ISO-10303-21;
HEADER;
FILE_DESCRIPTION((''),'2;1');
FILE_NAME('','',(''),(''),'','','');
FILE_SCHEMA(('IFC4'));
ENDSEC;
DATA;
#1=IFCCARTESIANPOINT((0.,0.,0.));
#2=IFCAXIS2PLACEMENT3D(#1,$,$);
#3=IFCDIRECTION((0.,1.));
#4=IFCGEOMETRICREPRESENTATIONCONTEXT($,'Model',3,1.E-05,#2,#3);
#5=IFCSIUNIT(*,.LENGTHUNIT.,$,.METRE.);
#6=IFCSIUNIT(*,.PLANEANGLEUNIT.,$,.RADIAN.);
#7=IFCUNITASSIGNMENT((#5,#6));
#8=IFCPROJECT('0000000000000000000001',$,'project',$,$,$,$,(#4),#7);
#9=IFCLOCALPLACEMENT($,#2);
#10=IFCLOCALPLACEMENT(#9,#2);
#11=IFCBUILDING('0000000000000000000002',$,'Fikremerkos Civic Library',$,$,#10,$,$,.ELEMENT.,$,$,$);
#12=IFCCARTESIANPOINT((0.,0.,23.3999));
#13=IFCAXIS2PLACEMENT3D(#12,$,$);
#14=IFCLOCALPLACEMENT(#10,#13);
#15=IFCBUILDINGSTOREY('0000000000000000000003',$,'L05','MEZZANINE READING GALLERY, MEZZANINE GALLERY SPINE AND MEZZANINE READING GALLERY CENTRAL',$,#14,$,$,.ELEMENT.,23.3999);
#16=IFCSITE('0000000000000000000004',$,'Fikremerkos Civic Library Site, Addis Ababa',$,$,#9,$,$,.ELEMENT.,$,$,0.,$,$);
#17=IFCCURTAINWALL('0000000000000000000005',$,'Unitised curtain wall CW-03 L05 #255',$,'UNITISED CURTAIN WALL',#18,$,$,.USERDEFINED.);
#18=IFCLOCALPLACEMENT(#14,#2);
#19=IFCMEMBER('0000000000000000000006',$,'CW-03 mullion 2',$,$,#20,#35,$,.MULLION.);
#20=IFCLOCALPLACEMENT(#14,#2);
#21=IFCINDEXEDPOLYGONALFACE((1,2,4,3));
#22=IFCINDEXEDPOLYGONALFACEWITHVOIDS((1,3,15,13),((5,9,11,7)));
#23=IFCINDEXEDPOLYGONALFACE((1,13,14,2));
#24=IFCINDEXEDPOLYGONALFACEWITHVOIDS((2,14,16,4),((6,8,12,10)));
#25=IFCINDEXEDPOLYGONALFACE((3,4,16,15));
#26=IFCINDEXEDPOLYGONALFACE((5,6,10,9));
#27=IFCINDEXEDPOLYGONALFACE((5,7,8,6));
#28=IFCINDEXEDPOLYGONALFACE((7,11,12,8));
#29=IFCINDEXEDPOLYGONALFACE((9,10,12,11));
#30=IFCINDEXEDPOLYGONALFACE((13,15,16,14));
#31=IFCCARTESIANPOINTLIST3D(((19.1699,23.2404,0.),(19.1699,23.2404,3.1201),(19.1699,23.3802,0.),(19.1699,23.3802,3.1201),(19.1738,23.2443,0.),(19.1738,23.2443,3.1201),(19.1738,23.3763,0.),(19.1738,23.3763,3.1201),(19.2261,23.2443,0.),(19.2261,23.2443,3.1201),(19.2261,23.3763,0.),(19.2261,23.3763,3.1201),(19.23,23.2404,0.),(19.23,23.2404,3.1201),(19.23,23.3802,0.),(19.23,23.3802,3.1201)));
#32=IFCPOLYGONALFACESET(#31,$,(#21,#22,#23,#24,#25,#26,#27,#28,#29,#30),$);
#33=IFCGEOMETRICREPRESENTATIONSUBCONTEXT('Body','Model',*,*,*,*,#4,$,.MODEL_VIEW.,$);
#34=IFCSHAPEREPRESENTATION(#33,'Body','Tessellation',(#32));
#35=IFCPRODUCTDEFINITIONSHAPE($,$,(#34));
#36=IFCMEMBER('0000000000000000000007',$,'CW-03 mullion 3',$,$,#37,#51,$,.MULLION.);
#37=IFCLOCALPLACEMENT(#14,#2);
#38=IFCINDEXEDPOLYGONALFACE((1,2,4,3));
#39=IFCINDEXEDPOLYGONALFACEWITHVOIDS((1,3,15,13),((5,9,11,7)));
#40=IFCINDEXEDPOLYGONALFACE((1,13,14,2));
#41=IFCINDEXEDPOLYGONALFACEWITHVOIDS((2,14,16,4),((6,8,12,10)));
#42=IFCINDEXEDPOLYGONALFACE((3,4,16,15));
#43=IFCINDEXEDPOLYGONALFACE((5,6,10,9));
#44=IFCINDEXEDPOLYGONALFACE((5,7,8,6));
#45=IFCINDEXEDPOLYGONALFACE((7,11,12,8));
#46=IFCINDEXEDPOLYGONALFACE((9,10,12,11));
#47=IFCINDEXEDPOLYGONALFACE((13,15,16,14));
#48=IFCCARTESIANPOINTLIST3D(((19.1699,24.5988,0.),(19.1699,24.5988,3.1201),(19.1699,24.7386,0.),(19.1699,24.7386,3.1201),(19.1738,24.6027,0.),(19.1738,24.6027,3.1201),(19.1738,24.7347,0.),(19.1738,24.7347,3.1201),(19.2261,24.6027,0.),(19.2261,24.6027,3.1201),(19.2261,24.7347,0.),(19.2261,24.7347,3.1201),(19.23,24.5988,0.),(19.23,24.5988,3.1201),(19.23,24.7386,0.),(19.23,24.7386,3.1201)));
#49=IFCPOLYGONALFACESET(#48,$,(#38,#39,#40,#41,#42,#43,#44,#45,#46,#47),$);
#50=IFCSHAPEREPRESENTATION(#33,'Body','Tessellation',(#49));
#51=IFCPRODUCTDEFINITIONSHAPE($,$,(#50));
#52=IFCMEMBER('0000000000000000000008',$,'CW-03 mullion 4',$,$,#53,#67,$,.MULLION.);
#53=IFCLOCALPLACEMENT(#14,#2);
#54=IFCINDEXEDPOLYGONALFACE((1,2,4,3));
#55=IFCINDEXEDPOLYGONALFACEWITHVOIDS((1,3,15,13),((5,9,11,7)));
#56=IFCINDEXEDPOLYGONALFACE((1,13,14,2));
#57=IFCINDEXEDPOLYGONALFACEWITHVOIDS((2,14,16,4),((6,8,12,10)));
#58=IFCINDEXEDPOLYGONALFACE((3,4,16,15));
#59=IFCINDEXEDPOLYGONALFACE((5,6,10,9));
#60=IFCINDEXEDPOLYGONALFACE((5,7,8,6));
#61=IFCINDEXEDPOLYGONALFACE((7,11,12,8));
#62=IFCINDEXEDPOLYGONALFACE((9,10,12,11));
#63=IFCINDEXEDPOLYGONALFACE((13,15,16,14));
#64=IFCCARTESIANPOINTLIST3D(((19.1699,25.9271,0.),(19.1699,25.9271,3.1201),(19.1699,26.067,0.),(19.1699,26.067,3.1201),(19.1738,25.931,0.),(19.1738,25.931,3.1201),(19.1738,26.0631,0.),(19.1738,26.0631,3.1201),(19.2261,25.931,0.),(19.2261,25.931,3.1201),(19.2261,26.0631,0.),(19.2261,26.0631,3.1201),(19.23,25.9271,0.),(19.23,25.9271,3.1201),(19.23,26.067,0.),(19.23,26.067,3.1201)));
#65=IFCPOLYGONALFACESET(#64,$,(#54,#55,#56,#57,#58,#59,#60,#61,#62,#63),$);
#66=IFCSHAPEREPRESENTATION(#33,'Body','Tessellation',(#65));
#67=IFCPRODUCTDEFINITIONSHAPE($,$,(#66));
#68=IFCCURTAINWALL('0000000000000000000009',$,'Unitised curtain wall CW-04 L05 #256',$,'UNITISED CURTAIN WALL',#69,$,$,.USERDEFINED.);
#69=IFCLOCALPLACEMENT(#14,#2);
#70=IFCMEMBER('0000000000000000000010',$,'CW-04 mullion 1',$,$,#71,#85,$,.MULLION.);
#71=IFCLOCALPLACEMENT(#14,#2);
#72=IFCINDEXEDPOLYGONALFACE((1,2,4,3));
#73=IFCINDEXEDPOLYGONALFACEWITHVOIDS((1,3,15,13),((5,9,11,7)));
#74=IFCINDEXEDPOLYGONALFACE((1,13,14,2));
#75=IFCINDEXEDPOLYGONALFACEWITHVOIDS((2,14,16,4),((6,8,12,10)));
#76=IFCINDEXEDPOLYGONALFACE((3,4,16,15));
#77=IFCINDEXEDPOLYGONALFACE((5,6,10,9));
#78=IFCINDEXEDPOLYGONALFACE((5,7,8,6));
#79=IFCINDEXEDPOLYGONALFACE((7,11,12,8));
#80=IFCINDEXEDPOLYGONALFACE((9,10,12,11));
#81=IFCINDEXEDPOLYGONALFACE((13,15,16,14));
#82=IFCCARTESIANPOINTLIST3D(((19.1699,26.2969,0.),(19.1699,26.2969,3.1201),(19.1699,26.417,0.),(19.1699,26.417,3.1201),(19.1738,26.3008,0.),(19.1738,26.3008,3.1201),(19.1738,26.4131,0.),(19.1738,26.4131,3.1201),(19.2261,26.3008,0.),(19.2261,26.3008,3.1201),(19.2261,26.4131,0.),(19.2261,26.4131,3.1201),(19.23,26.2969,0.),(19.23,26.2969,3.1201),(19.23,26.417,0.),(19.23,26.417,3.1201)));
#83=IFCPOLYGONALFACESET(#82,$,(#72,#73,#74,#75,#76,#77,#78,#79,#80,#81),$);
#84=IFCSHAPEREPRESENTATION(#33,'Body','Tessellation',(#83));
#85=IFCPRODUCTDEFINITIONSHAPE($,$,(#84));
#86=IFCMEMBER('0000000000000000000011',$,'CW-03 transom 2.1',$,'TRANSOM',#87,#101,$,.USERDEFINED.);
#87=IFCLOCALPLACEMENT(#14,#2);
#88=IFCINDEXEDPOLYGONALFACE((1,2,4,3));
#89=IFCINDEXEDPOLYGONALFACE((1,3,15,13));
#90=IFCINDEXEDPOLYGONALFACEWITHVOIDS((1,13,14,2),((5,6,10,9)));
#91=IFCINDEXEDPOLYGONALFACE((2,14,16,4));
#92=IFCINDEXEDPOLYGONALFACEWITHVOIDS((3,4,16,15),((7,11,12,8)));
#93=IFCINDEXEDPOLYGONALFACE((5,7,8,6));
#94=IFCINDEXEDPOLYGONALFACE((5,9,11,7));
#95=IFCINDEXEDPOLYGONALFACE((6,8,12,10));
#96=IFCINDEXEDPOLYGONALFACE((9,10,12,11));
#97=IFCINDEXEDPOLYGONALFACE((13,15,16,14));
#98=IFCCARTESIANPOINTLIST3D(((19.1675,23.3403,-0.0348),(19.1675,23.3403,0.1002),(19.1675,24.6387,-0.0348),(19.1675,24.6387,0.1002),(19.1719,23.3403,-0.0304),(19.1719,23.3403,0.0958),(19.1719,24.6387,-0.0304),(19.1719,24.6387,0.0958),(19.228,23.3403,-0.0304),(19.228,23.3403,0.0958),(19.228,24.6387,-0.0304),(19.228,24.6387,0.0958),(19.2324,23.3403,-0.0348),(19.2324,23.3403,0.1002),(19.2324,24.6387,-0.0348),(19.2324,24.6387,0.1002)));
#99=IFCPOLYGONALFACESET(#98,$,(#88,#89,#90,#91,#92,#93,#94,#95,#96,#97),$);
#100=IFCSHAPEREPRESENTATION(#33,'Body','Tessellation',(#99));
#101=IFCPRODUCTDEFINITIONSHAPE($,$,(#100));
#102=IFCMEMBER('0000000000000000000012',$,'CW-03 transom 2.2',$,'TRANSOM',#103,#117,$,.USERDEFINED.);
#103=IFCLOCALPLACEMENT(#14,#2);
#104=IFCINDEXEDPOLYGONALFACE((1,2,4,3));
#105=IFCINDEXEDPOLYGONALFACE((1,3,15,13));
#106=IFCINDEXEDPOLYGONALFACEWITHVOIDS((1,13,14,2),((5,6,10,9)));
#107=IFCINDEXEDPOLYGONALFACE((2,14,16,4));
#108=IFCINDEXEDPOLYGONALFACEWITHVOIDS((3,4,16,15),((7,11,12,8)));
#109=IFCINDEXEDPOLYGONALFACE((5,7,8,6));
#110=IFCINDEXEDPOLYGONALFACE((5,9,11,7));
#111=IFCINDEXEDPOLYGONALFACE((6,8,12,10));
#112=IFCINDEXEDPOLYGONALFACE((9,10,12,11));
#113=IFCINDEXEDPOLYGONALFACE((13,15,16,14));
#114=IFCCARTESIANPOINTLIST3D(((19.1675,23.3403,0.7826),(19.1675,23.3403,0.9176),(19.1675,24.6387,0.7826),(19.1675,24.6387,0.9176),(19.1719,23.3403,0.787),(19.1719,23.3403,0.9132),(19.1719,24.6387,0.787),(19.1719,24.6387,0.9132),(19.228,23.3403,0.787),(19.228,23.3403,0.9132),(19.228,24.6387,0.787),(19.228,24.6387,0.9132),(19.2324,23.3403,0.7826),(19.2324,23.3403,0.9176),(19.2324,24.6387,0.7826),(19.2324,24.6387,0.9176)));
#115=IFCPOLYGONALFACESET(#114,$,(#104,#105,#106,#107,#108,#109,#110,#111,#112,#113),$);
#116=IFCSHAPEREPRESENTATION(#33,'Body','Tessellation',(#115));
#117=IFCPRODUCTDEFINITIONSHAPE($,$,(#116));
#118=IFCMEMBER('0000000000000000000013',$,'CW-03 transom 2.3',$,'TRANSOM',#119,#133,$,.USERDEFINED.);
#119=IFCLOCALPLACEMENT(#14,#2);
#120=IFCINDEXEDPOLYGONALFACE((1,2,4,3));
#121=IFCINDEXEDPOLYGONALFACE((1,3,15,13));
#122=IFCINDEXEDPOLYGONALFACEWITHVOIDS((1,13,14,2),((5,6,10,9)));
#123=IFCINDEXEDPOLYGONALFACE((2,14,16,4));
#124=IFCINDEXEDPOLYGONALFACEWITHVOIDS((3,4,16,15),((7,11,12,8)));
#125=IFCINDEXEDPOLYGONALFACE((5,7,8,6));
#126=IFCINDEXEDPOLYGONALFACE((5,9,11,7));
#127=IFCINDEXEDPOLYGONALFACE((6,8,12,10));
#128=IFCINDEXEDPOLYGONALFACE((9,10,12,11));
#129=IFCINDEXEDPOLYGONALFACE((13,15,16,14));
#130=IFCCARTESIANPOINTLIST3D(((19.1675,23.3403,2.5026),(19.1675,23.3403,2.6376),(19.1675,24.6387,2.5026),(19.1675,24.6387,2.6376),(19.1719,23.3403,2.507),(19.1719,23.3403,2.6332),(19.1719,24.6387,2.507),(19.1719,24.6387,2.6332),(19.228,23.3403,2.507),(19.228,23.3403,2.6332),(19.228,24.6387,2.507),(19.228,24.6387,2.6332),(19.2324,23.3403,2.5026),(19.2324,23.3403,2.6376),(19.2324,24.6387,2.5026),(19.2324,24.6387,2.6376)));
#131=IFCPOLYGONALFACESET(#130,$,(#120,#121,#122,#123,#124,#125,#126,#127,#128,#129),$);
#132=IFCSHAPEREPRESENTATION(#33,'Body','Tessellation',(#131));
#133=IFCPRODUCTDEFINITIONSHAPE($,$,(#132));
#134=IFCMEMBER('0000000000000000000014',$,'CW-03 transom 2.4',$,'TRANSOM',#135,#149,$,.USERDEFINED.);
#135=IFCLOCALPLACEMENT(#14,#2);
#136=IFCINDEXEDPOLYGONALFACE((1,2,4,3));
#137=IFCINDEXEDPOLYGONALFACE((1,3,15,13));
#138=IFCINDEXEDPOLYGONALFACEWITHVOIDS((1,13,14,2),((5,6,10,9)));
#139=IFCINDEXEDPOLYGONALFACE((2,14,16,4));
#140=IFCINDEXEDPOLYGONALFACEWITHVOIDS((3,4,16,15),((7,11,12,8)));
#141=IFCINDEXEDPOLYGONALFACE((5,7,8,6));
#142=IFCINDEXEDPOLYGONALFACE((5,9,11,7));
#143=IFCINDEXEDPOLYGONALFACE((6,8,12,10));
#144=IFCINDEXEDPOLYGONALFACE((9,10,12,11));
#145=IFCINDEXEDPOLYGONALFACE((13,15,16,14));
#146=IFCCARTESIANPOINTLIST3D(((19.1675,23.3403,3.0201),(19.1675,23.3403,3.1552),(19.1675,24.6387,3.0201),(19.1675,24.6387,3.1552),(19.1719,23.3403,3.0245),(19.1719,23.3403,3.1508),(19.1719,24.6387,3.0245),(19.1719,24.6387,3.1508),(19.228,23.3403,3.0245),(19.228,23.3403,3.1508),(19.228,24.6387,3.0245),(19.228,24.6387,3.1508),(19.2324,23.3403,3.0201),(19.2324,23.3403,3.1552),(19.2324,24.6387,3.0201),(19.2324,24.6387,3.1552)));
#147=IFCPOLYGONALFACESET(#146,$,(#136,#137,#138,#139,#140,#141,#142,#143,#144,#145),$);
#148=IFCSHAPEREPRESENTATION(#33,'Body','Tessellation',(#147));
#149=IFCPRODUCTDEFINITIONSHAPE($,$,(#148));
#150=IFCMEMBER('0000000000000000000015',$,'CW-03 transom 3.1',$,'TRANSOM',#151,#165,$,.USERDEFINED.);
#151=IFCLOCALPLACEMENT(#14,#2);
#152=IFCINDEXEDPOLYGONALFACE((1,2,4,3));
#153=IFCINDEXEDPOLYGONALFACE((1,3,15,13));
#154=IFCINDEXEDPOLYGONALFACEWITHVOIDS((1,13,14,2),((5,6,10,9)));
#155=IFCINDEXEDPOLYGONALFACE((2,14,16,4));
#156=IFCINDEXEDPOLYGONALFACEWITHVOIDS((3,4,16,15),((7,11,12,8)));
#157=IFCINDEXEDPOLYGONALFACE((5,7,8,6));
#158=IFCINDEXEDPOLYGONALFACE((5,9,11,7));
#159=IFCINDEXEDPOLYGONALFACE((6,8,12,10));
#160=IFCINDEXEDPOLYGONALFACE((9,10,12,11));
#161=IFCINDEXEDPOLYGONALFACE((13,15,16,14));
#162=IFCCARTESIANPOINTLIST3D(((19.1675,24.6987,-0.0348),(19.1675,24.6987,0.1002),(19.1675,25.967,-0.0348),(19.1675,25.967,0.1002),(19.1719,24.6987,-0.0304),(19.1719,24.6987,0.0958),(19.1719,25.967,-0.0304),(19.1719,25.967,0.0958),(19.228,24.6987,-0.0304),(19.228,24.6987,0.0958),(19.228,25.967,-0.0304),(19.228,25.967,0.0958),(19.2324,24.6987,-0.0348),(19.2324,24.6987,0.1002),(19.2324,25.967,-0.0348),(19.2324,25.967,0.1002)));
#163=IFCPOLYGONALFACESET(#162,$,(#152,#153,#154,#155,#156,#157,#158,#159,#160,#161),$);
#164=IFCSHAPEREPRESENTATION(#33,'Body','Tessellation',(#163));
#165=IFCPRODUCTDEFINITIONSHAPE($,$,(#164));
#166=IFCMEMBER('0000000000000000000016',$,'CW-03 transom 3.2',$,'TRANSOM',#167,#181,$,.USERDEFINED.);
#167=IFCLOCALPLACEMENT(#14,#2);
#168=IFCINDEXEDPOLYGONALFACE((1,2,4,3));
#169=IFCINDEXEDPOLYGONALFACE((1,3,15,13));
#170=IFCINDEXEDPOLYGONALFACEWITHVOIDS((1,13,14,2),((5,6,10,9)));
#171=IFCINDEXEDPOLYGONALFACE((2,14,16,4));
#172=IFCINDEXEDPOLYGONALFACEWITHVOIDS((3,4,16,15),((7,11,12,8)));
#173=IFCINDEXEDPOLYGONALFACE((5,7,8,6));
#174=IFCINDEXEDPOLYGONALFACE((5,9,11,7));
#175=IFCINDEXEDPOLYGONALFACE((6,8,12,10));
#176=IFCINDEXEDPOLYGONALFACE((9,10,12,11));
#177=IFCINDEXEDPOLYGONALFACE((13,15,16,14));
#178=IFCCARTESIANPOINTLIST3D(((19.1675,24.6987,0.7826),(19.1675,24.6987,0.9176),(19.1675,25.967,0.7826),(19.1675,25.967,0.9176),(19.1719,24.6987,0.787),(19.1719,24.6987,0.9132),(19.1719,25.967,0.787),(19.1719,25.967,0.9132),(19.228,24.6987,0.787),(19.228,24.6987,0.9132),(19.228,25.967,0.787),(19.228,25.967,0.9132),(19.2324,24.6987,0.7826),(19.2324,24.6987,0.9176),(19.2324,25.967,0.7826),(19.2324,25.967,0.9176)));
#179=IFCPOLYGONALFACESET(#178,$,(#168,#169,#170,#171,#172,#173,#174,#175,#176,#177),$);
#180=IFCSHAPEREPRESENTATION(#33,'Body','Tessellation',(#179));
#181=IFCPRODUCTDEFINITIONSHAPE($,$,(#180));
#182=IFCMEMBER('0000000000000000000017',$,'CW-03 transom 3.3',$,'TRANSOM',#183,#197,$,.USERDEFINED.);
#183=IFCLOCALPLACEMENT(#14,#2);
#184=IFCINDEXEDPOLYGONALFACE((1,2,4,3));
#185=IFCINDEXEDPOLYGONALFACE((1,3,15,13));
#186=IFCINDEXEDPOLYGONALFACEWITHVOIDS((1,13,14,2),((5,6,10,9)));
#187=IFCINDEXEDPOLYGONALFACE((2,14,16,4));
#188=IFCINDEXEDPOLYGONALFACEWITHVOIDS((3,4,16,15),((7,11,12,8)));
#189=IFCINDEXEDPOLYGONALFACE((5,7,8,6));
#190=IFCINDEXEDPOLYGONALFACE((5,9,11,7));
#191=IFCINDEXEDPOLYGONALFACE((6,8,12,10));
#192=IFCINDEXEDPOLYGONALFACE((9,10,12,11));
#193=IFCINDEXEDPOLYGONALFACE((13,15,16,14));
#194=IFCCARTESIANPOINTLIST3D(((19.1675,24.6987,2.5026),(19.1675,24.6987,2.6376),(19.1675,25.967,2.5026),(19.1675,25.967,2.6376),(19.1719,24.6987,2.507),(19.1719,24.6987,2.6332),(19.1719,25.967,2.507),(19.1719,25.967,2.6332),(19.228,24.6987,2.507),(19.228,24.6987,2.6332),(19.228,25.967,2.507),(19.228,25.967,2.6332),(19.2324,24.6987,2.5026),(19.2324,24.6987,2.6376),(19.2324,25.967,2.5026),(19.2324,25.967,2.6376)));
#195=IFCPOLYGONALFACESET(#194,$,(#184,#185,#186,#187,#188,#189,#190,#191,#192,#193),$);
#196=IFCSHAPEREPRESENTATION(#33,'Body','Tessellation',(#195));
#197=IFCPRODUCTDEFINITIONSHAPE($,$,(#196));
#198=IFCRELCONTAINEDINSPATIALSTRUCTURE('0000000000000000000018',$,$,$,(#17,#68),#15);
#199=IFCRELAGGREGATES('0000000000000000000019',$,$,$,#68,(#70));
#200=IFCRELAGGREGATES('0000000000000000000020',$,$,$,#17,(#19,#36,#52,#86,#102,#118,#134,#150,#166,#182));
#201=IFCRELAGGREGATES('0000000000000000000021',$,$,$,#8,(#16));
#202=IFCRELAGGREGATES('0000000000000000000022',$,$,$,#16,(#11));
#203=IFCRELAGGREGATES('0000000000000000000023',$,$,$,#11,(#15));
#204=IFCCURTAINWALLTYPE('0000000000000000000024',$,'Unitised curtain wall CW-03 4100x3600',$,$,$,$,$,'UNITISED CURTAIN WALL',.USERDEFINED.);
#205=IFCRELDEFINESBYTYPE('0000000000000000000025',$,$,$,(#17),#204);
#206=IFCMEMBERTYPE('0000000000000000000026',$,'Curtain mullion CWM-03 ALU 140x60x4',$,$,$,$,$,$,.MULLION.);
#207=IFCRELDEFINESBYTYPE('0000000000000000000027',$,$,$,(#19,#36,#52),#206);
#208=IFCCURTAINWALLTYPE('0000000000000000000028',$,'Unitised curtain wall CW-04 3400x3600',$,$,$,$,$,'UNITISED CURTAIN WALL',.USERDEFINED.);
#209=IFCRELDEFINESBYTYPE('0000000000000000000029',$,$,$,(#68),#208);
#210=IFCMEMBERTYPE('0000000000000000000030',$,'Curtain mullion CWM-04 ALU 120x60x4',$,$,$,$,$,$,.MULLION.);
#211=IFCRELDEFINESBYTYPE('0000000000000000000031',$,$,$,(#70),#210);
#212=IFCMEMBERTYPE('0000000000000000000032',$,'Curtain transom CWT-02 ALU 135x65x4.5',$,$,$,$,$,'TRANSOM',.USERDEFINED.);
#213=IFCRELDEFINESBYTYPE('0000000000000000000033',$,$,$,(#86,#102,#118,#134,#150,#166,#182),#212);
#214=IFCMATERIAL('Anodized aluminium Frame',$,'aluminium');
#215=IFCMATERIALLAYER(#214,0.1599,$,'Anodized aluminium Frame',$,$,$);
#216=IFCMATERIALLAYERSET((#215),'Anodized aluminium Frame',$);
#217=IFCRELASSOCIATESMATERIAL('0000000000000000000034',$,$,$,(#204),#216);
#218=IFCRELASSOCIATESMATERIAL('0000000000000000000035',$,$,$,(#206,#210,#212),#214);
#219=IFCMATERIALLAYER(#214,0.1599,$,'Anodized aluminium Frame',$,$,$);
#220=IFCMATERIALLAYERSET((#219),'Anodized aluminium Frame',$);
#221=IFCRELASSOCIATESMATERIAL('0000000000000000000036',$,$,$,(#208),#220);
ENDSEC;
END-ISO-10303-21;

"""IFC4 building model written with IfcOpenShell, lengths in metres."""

from ifc_helpers import new_model, si_unit, direction, frame, origin, origin_2d, place, context, subcontext, project, spatial, hollow_rectangle, extrude, material, layer, layer_set, material_profile, profile_set, type_object, element, aggregate, save


model = new_model("IFC4")

# Units and contexts
model_context = context("Model", 3, precision=1e-05, world=origin(), true_north=direction((0.0, 1.0)))
body_context = subcontext(model_context, "Body", "Model", "MODEL_VIEW")
ifc_project = project(units=[si_unit("LENGTHUNIT", "METRE"), si_unit("PLANEANGLEUNIT", "RADIAN")], contexts=[model_context])

# Site, building, storey
site_placement = place(None, origin())
site = spatial("IfcSite", under=ifc_project, at=site_placement, Name="Fikremerkos Civic Library Site, Addis Ababa", CompositionType="ELEMENT", RefElevation=0.0)
building_placement = place(site_placement, origin())
building = spatial("IfcBuilding", under=site, at=building_placement, Name="Fikremerkos Civic Library", CompositionType="ELEMENT")
storey_placement = place(building_placement, frame((0.0, 0.0, 23.3999)))
storey = spatial("IfcBuildingStorey", under=building, at=storey_placement, Name="L05", Description="MEZZANINE READING GALLERY, MEZZANINE GALLERY SPINE AND MEZZANINE READING GALLERY CENTRAL", CompositionType="ELEMENT", Elevation=23.3999)

# Curtain wall, members
ifc_material_1 = material(Name="Anodized aluminium Frame", Category="aluminium")
ifc_layer_1 = layer(ifc_material_1, 0.1599, Name="Anodized aluminium Frame")
ifc_layer_set_1 = layer_set([ifc_layer_1], Name="Anodized aluminium Frame")
curtain_wall_type_1 = type_object("IfcCurtainWallType", Name="Unitised curtain wall CW-03 4100x3600", ElementType="UNITISED CURTAIN WALL", PredefinedType="USERDEFINED", material=ifc_layer_set_1)
curtain_wall_1_placement = place(storey_placement, origin())
curtain_wall_1 = element("IfcCurtainWall", 1, at=curtain_wall_1_placement, inside=storey, type_object=curtain_wall_type_1, Name="Unitised curtain wall CW-03 L05 #255", ObjectType="UNITISED CURTAIN WALL", PredefinedType="USERDEFINED")
ifc_material_profile_1 = material_profile(ifc_material_1, hollow_rectangle(XDim=0.0601, YDim=0.1399, WallThickness=0.0039, at=origin_2d()), Name="ALU 140x60x4")
ifc_profile_set_1 = profile_set([ifc_material_profile_1], Name="Anodized aluminium Frame")
member_type_1 = type_object("IfcMemberType", Name="Curtain mullion CWM-03 ALU 140x60x4", PredefinedType="MULLION", material=ifc_profile_set_1)
member_1_placement = place(storey_placement, frame((19.2, 23.3103, 0.0), z_axis=(0.0, 0.0, 1.0), x_axis=(-1.0, 0.0, 0.0)))
member_1 = element("IfcMember", 2, at=member_1_placement, type_object=member_type_1, Name="CW-03 mullion 2", PredefinedType="MULLION", context=body_context, shape_type="SweptSolid", body=[
    extrude(hollow_rectangle(XDim=0.0601, YDim=0.1399, WallThickness=0.0039, at=origin_2d()), origin(), (0.0, 0.0, 1.0), 3.1201),
])
member_2_placement = place(storey_placement, frame((19.2, 24.6687, 0.0), z_axis=(0.0, 0.0, 1.0), x_axis=(-1.0, 0.0, 0.0)))
member_2 = element("IfcMember", 3, at=member_2_placement, type_object=member_type_1, Name="CW-03 mullion 3", PredefinedType="MULLION", context=body_context, shape_type="SweptSolid", body=[
    extrude(hollow_rectangle(XDim=0.0601, YDim=0.1399, WallThickness=0.0039, at=origin_2d()), origin(), (0.0, 0.0, 1.0), 3.1201),
])
member_3_placement = place(storey_placement, frame((19.2, 25.9971, 0.0), z_axis=(0.0, 0.0, 1.0), x_axis=(-1.0, 0.0, 0.0)))
member_3 = element("IfcMember", 4, at=member_3_placement, type_object=member_type_1, Name="CW-03 mullion 4", PredefinedType="MULLION", context=body_context, shape_type="SweptSolid", body=[
    extrude(hollow_rectangle(XDim=0.0601, YDim=0.1399, WallThickness=0.0039, at=origin_2d()), origin(), (0.0, 0.0, 1.0), 3.1201),
])

# Curtain wall, member
ifc_layer_2 = layer(ifc_material_1, 0.1599, Name="Anodized aluminium Frame")
ifc_layer_set_2 = layer_set([ifc_layer_2], Name="Anodized aluminium Frame")
curtain_wall_type_2 = type_object("IfcCurtainWallType", Name="Unitised curtain wall CW-04 3400x3600", ElementType="UNITISED CURTAIN WALL", PredefinedType="USERDEFINED", material=ifc_layer_set_2)
curtain_wall_2_placement = place(storey_placement, origin())
curtain_wall_2 = element("IfcCurtainWall", 5, at=curtain_wall_2_placement, inside=storey, type_object=curtain_wall_type_2, Name="Unitised curtain wall CW-04 L05 #256", ObjectType="UNITISED CURTAIN WALL", PredefinedType="USERDEFINED")
ifc_material_profile_2 = material_profile(ifc_material_1, hollow_rectangle(XDim=0.0601, YDim=0.1201, WallThickness=0.0039, at=origin_2d()), Name="ALU 120x60x4")
ifc_profile_set_2 = profile_set([ifc_material_profile_2], Name="Anodized aluminium Frame")
member_type_2 = type_object("IfcMemberType", Name="Curtain mullion CWM-04 ALU 120x60x4", PredefinedType="MULLION", material=ifc_profile_set_2)
member_4_placement = place(storey_placement, frame((19.2, 26.3569, 0.0), z_axis=(0.0, 0.0, 1.0), x_axis=(-1.0, 0.0, 0.0)))
member_4 = element("IfcMember", 6, at=member_4_placement, type_object=member_type_2, Name="CW-04 mullion 1", PredefinedType="MULLION", context=body_context, shape_type="SweptSolid", body=[
    extrude(hollow_rectangle(XDim=0.0601, YDim=0.1201, WallThickness=0.0039, at=origin_2d()), origin(), (0.0, 0.0, 1.0), 3.1201),
])

# Members
ifc_material_profile_3 = material_profile(ifc_material_1, hollow_rectangle(XDim=0.0649, YDim=0.135, WallThickness=0.0044, at=origin_2d()), Name="ALU 135x65x4.5")
ifc_profile_set_3 = profile_set([ifc_material_profile_3], Name="Anodized aluminium Frame")
member_type_3 = type_object("IfcMemberType", Name="Curtain transom CWT-02 ALU 135x65x4.5", ElementType="TRANSOM", PredefinedType="USERDEFINED", material=ifc_profile_set_3)
member_5_placement = place(storey_placement, frame((19.2, 23.3403, 0.0327), z_axis=(0.0, 1.0, 0.0), x_axis=(-1.0, 0.0, 0.0)))
member_5 = element("IfcMember", 7, at=member_5_placement, type_object=member_type_3, Name="CW-03 transom 2.1", ObjectType="TRANSOM", PredefinedType="USERDEFINED", context=body_context, shape_type="SweptSolid", body=[
    extrude(hollow_rectangle(XDim=0.0649, YDim=0.135, WallThickness=0.0044, at=origin_2d()), origin(), (0.0, 0.0, 1.0), 1.2983),
])
member_6_placement = place(storey_placement, frame((19.2, 23.3403, 0.8501), z_axis=(0.0, 1.0, 0.0), x_axis=(-1.0, 0.0, 0.0)))
member_6 = element("IfcMember", 8, at=member_6_placement, type_object=member_type_3, Name="CW-03 transom 2.2", ObjectType="TRANSOM", PredefinedType="USERDEFINED", context=body_context, shape_type="SweptSolid", body=[
    extrude(hollow_rectangle(XDim=0.0649, YDim=0.135, WallThickness=0.0044, at=origin_2d()), origin(), (0.0, 0.0, 1.0), 1.2983),
])
member_7_placement = place(storey_placement, frame((19.2, 23.3403, 2.5701), z_axis=(0.0, 1.0, 0.0), x_axis=(-1.0, 0.0, 0.0)))
member_7 = element("IfcMember", 9, at=member_7_placement, type_object=member_type_3, Name="CW-03 transom 2.3", ObjectType="TRANSOM", PredefinedType="USERDEFINED", context=body_context, shape_type="SweptSolid", body=[
    extrude(hollow_rectangle(XDim=0.0649, YDim=0.135, WallThickness=0.0044, at=origin_2d()), origin(), (0.0, 0.0, 1.0), 1.2983),
])
member_8_placement = place(storey_placement, frame((19.2, 23.3403, 3.0876), z_axis=(0.0, 1.0, 0.0), x_axis=(-1.0, 0.0, 0.0)))
member_8 = element("IfcMember", 10, at=member_8_placement, type_object=member_type_3, Name="CW-03 transom 2.4", ObjectType="TRANSOM", PredefinedType="USERDEFINED", context=body_context, shape_type="SweptSolid", body=[
    extrude(hollow_rectangle(XDim=0.0649, YDim=0.135, WallThickness=0.0044, at=origin_2d()), origin(), (0.0, 0.0, 1.0), 1.2983),
])
member_9_placement = place(storey_placement, frame((19.2, 24.6987, 0.0327), z_axis=(0.0, 1.0, 0.0), x_axis=(-1.0, 0.0, 0.0)))
member_9 = element("IfcMember", 11, at=member_9_placement, type_object=member_type_3, Name="CW-03 transom 3.1", ObjectType="TRANSOM", PredefinedType="USERDEFINED", context=body_context, shape_type="SweptSolid", body=[
    extrude(hollow_rectangle(XDim=0.0649, YDim=0.135, WallThickness=0.0044, at=origin_2d()), origin(), (0.0, 0.0, 1.0), 1.2683),
])
member_10_placement = place(storey_placement, frame((19.2, 24.6987, 0.8501), z_axis=(0.0, 1.0, 0.0), x_axis=(-1.0, 0.0, 0.0)))
member_10 = element("IfcMember", 12, at=member_10_placement, type_object=member_type_3, Name="CW-03 transom 3.2", ObjectType="TRANSOM", PredefinedType="USERDEFINED", context=body_context, shape_type="SweptSolid", body=[
    extrude(hollow_rectangle(XDim=0.0649, YDim=0.135, WallThickness=0.0044, at=origin_2d()), origin(), (0.0, 0.0, 1.0), 1.2683),
])
member_11_placement = place(storey_placement, frame((19.2, 24.6987, 2.5701), z_axis=(0.0, 1.0, 0.0), x_axis=(-1.0, 0.0, 0.0)))
member_11 = element("IfcMember", 13, at=member_11_placement, type_object=member_type_3, Name="CW-03 transom 3.3", ObjectType="TRANSOM", PredefinedType="USERDEFINED", context=body_context, shape_type="SweptSolid", body=[
    extrude(hollow_rectangle(XDim=0.0649, YDim=0.135, WallThickness=0.0044, at=origin_2d()), origin(), (0.0, 0.0, 1.0), 1.2683),
])
aggregate(curtain_wall_2, [member_4])

aggregate(curtain_wall_1, [member_1, member_2, member_3, member_5, member_6, member_7, member_8, member_9, member_10, member_11])

save(model, "model.ifc")
